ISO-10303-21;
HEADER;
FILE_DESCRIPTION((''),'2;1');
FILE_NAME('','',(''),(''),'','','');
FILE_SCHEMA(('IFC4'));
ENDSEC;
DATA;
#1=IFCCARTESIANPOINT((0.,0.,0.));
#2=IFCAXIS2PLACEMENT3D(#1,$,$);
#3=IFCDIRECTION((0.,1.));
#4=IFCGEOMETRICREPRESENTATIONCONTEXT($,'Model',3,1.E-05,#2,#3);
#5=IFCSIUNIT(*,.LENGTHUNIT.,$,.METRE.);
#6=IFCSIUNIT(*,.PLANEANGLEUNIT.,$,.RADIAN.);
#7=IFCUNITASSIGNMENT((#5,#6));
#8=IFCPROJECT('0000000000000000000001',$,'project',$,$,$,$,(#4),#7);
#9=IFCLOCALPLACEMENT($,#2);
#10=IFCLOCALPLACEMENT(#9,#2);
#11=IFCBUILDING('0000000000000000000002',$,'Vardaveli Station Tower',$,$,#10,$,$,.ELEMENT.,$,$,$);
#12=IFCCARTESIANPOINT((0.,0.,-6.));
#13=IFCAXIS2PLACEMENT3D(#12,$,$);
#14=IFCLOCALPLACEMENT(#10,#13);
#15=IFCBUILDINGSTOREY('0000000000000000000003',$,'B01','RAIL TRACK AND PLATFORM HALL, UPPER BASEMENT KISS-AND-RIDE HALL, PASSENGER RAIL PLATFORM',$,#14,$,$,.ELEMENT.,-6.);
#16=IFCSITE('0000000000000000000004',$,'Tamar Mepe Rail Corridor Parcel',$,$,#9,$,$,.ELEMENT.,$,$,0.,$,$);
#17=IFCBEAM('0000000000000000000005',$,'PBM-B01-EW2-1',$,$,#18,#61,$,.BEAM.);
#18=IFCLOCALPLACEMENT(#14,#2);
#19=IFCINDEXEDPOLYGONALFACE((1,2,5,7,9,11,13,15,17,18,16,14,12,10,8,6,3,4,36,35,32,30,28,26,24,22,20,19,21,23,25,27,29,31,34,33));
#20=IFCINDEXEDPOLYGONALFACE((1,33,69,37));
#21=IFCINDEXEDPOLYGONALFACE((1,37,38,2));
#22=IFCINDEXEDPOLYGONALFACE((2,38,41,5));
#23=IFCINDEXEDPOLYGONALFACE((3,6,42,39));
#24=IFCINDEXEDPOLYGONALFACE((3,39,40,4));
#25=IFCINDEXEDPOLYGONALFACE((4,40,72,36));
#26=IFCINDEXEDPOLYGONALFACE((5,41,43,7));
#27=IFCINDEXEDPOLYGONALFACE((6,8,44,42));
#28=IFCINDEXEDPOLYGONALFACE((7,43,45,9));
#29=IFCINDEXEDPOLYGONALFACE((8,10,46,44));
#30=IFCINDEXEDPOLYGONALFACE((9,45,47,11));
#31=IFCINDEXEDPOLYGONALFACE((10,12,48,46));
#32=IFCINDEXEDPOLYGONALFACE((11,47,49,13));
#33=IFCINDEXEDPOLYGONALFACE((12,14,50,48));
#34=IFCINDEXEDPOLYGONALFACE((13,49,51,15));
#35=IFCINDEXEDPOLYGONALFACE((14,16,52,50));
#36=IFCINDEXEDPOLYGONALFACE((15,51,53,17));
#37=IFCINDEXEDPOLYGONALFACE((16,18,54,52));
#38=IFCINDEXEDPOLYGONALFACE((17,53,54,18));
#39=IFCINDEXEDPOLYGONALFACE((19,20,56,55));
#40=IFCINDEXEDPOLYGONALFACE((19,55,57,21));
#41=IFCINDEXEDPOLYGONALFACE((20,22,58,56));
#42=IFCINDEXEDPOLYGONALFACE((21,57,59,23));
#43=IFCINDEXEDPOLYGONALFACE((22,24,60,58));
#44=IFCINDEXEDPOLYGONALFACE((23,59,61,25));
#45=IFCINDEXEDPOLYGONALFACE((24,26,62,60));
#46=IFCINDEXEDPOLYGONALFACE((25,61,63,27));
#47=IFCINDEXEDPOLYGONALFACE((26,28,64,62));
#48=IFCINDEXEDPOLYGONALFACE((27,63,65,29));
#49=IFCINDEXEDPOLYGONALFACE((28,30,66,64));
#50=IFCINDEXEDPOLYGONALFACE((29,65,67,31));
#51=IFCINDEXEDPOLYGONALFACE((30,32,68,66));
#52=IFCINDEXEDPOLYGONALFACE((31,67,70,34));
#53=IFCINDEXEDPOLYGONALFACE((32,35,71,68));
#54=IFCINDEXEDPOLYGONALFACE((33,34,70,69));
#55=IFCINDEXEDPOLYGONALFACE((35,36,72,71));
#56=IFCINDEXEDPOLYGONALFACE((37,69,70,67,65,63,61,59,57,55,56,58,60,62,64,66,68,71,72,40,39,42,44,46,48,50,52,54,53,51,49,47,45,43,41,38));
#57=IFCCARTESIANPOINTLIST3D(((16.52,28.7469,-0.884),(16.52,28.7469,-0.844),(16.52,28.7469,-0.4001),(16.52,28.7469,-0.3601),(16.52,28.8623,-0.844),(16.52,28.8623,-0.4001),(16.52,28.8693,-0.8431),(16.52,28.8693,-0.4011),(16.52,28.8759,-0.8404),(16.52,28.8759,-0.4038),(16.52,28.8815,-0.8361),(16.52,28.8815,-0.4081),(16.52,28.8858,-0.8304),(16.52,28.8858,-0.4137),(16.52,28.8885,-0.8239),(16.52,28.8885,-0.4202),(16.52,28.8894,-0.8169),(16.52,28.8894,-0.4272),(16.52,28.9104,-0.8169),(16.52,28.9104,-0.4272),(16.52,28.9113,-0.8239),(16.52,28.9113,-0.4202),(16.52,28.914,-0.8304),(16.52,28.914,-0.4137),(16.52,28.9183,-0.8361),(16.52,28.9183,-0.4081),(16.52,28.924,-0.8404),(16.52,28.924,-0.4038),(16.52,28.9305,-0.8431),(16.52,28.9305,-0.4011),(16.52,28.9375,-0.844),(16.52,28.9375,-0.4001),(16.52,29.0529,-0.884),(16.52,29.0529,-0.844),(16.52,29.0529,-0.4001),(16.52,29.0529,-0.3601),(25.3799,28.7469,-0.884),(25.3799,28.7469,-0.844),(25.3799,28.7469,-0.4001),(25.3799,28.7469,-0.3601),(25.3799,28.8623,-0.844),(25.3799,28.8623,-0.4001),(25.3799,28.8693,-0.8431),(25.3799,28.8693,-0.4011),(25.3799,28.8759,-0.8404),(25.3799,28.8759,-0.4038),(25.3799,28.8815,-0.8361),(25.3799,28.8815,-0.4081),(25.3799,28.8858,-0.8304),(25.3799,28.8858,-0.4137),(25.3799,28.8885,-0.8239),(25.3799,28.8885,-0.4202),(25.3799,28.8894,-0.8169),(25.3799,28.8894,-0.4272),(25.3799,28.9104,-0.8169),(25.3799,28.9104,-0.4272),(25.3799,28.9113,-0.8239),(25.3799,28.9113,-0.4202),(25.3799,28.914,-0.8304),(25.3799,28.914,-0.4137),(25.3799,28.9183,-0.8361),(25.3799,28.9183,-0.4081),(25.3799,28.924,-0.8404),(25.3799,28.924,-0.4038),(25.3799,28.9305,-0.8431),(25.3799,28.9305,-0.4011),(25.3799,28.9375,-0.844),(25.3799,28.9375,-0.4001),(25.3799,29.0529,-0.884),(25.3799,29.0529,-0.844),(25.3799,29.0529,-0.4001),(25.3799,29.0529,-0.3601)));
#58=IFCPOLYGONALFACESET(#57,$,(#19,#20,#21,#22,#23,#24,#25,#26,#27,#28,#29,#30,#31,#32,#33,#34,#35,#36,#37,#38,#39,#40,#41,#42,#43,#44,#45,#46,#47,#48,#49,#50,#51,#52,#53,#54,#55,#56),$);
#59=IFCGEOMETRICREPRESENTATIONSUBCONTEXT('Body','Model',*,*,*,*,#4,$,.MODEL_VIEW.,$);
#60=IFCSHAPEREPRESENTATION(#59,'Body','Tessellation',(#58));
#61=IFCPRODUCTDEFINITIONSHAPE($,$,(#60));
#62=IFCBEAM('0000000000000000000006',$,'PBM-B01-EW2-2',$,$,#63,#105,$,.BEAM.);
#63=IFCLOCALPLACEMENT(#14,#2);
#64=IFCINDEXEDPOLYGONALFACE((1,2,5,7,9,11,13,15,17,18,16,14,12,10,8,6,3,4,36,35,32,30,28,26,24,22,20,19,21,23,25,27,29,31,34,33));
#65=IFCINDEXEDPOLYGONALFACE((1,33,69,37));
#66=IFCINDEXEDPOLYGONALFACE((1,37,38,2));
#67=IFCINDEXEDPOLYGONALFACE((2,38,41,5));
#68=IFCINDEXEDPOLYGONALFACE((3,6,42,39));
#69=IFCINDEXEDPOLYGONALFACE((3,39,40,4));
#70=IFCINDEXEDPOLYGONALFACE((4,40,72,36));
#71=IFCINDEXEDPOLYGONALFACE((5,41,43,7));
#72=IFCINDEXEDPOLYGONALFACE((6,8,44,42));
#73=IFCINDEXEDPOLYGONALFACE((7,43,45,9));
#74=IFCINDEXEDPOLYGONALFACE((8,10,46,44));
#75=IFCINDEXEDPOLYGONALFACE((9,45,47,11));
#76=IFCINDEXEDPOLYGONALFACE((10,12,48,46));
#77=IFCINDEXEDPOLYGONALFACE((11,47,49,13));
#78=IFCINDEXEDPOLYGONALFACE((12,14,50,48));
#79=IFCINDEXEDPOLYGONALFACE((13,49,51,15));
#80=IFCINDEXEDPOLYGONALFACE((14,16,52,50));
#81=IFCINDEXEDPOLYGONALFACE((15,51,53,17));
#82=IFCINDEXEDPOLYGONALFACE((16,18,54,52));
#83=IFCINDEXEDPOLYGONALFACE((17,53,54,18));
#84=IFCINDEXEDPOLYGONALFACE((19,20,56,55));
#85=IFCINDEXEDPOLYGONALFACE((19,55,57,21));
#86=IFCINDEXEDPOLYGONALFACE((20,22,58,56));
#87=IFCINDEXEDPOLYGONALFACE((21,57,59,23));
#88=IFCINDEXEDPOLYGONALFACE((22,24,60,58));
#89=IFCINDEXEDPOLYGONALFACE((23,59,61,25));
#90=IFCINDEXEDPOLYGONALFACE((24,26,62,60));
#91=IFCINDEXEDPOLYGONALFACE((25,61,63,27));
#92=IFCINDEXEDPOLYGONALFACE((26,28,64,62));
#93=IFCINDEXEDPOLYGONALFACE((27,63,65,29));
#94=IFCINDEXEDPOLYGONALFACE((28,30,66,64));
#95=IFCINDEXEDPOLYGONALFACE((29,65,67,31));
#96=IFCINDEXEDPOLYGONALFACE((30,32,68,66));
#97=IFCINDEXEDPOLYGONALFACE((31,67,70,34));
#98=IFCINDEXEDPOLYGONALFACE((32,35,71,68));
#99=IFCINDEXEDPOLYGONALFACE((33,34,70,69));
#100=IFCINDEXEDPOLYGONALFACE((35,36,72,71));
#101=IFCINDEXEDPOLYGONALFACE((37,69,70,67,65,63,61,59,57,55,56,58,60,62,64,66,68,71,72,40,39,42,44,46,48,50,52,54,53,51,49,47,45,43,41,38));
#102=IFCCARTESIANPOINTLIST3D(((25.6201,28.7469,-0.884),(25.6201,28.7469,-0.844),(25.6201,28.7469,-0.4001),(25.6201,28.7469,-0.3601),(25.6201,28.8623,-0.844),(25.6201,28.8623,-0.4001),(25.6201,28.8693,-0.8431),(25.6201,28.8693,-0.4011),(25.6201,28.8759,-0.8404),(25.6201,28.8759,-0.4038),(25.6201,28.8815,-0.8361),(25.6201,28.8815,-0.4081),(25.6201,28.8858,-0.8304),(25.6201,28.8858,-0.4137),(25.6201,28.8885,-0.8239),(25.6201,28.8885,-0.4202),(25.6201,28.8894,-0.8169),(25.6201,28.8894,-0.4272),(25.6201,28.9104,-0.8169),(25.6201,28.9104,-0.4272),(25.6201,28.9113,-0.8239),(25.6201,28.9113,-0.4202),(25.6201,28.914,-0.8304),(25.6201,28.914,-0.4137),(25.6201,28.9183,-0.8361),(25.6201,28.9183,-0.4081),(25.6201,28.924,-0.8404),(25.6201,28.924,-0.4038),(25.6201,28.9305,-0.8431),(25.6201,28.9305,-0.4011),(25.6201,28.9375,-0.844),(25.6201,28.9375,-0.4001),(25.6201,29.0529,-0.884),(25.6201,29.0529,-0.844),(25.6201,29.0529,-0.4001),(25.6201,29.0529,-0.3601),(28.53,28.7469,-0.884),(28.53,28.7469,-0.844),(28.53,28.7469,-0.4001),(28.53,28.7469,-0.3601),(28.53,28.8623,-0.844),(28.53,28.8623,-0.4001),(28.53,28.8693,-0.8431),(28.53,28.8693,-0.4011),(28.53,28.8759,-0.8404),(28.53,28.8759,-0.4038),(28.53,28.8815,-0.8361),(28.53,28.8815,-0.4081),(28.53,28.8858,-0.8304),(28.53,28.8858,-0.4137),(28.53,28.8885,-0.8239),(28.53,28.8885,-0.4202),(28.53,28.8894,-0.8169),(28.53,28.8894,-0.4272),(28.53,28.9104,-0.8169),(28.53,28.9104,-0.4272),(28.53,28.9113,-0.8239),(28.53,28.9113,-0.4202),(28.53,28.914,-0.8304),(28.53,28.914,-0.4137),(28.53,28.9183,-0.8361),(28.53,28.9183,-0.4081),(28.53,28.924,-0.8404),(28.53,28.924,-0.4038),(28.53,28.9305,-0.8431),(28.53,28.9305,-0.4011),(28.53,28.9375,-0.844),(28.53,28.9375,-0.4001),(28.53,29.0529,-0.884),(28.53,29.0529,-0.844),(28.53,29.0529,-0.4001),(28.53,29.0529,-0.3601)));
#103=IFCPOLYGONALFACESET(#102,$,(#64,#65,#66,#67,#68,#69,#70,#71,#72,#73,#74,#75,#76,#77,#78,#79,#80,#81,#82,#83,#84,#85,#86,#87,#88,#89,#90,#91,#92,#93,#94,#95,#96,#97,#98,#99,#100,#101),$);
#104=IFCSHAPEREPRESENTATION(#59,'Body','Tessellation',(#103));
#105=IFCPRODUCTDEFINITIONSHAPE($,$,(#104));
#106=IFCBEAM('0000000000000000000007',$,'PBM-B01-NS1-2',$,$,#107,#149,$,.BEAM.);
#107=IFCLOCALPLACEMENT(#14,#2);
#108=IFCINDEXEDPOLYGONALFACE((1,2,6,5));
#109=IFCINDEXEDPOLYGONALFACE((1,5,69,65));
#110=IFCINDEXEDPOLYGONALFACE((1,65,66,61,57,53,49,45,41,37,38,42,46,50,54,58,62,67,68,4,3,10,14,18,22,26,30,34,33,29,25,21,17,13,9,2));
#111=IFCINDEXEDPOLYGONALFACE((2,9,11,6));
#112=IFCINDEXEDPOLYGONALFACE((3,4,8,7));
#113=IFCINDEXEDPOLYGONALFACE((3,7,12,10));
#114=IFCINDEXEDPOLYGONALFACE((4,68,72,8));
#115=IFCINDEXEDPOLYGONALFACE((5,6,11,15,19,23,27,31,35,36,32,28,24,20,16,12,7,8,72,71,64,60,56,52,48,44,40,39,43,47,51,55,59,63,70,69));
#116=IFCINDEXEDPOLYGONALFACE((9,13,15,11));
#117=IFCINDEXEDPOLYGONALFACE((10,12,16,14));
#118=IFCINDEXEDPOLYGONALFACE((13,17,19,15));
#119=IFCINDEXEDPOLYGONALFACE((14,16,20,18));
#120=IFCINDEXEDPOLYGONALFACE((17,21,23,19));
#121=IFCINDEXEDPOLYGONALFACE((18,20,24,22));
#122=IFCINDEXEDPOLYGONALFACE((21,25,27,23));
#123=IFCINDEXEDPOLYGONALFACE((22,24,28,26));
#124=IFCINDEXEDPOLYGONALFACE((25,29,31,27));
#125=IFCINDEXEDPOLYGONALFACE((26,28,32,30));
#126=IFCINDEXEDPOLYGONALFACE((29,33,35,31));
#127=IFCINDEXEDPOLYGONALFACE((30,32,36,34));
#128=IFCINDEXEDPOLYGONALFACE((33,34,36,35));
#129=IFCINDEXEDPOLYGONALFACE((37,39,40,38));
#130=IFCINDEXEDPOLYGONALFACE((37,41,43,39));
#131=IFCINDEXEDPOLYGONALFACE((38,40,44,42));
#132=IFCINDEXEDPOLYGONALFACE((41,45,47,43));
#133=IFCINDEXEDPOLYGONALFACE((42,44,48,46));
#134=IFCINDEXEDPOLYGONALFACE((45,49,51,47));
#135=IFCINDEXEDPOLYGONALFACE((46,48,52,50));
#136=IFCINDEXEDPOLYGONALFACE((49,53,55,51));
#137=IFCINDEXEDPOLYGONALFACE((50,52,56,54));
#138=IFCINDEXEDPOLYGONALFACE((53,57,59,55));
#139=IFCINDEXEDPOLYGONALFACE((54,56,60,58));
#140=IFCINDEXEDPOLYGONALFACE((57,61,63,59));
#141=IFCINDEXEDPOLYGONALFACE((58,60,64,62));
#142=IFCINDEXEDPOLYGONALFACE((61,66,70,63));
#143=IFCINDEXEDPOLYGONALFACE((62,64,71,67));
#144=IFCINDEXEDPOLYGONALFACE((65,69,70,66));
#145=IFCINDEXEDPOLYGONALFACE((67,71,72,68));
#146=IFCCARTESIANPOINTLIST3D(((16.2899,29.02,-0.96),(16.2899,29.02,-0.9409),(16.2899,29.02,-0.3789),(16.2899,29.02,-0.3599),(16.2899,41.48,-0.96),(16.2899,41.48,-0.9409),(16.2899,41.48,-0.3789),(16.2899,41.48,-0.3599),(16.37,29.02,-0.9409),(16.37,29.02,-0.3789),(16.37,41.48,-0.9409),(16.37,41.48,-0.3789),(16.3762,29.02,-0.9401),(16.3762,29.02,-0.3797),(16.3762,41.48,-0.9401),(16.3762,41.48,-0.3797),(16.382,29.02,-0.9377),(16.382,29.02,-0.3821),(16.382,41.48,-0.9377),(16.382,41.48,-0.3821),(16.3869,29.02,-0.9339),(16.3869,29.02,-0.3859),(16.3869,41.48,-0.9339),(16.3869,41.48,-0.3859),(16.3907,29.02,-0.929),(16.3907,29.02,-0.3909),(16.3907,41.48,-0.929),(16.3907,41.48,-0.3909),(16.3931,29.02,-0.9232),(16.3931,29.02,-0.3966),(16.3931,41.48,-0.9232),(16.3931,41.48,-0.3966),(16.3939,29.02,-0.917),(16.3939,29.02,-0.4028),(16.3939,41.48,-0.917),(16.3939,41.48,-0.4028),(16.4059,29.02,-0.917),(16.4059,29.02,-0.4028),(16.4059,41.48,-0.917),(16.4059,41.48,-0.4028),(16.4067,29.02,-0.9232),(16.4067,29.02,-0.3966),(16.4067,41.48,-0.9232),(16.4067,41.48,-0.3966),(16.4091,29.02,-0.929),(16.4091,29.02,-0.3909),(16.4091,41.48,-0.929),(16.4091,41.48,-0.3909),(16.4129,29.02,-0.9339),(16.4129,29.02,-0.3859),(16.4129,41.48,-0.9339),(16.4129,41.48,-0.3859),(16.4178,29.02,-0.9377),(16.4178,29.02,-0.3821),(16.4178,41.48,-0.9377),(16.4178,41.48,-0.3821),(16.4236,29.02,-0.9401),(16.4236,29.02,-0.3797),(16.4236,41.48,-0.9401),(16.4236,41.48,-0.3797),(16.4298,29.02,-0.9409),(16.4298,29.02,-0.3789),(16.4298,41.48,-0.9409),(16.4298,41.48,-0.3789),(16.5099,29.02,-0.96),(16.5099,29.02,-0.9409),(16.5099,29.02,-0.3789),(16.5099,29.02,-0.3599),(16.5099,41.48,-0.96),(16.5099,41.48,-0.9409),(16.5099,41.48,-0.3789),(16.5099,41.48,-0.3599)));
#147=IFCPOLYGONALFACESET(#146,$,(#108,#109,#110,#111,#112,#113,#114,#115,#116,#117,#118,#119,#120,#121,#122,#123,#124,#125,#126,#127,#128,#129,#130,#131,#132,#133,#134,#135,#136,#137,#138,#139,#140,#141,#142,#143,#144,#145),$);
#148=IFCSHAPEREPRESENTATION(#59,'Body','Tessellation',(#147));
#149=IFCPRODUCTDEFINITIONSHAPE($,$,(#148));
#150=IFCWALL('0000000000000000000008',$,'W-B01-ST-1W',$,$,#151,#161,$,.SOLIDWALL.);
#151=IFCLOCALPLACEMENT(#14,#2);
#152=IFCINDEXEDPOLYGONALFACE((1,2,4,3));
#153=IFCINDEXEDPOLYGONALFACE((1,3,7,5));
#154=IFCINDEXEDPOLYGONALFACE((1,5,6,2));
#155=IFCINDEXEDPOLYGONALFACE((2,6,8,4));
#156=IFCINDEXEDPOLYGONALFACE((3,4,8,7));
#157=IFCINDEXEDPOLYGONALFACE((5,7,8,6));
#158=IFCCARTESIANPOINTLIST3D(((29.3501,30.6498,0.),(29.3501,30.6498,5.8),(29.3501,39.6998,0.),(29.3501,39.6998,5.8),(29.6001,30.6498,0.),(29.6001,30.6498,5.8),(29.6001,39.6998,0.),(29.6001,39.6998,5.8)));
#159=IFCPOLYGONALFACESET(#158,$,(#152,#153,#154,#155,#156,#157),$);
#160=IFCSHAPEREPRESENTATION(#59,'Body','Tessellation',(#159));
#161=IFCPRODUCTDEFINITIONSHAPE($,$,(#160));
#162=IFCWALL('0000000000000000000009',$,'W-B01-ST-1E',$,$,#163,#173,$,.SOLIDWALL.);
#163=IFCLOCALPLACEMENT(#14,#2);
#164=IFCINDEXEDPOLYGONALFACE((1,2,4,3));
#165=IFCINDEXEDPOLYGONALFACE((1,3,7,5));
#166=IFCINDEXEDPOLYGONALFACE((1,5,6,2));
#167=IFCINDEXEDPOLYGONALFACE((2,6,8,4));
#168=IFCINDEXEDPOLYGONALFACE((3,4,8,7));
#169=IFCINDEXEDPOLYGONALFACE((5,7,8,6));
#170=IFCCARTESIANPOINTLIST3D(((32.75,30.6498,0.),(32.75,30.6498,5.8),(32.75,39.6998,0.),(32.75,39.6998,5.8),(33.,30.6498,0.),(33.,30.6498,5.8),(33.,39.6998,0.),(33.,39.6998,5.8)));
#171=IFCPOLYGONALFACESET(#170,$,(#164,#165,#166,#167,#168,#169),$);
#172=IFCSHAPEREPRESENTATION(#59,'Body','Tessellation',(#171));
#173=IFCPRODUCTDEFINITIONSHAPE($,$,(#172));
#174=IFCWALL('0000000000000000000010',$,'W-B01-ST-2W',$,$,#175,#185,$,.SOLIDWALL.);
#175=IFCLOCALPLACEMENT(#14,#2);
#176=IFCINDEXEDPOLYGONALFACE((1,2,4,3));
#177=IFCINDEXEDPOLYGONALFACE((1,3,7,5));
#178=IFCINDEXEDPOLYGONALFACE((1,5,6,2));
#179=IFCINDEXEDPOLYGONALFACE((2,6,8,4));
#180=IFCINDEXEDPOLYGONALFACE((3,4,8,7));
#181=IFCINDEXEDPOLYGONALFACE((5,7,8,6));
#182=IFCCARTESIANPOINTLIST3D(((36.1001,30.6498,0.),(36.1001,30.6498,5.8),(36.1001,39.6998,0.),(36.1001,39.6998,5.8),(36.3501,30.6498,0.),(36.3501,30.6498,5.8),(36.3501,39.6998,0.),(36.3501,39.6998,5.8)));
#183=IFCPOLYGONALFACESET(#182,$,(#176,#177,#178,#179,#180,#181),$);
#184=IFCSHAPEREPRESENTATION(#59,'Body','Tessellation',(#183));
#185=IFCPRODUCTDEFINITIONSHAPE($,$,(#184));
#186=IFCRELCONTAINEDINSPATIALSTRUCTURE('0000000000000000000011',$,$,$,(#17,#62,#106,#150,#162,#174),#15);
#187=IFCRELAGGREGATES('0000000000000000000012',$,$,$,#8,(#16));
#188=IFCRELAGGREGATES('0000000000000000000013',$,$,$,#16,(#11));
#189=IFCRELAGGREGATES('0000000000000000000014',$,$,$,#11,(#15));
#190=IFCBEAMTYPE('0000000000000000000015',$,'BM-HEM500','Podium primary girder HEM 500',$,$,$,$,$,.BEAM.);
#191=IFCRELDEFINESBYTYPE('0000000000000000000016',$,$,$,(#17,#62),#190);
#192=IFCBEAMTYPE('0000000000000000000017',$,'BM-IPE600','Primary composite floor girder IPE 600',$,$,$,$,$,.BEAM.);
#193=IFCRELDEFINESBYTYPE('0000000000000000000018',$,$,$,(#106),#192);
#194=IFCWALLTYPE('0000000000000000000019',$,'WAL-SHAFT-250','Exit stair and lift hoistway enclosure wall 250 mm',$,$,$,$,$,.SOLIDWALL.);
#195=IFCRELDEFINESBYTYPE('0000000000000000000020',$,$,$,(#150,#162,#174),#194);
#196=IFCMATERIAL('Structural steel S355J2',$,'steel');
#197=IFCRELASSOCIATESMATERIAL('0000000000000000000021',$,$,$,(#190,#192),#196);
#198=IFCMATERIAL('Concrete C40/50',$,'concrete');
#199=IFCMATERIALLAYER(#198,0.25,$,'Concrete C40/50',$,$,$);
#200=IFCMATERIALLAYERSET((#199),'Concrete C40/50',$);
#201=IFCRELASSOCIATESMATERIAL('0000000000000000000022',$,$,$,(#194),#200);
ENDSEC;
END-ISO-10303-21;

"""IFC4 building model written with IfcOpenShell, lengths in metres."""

from ifc_helpers import new_model, si_unit, direction, frame, frame_2d, origin, origin_2d, place, context, subcontext, project, spatial, rectangle, i_section, extrude, source, transform, mapped, material, layer, layer_set, material_profile, profile_set, type_object, element, save


model = new_model("IFC4")

# Units and contexts
model_context = context("Model", 3, precision=1e-05, world=origin(), true_north=direction((0.0, 1.0)))
body_context = subcontext(model_context, "Body", "Model", "MODEL_VIEW")
ifc_project = project(units=[si_unit("LENGTHUNIT", "METRE"), si_unit("PLANEANGLEUNIT", "RADIAN")], contexts=[model_context])

# Site, building, storey
site_placement = place(None, origin())
site = spatial("IfcSite", under=ifc_project, at=site_placement, Name="Tamar Mepe Rail Corridor Parcel", CompositionType="ELEMENT", RefElevation=0.0)
building_placement = place(site_placement, origin())
building = spatial("IfcBuilding", under=site, at=building_placement, Name="Vardaveli Station Tower", CompositionType="ELEMENT")
storey_placement = place(building_placement, frame((0.0, 0.0, -6.0)))
storey = spatial("IfcBuildingStorey", under=building, at=storey_placement, Name="B01", Description="RAIL TRACK AND PLATFORM HALL, UPPER BASEMENT KISS-AND-RIDE HALL, PASSENGER RAIL PLATFORM", CompositionType="ELEMENT", Elevation=-6.0)

# Beams
ifc_material_1 = material(Name="Structural steel S355J2", Category="steel")
ifc_material_profile_1 = material_profile(ifc_material_1, i_section(OverallWidth=0.3059, OverallDepth=0.5239, WebThickness=0.021, FlangeThickness=0.04, FilletRadius=0.0271, at=origin_2d()), Name="HEM 500")
ifc_profile_set_1 = profile_set([ifc_material_profile_1], Name="Structural steel S355J2")
beam_type_1 = type_object("IfcBeamType", Name="BM-HEM500", Description="Podium primary girder HEM 500", PredefinedType="BEAM", material=ifc_profile_set_1)
shared_shape_1 = source(origin(), body_context, "Body", "SweptSolid", [
    extrude(i_section(OverallWidth=0.3059, OverallDepth=0.5239, WebThickness=0.021, FlangeThickness=0.04, FilletRadius=0.0271, at=origin_2d()), origin(), (0.0, 0.0, 1.0), 8.8599),
])
beam_1_placement = place(storey_placement, frame((16.52, 28.8999, -0.6221), z_axis=(1.0, 0.0, 0.0), x_axis=(0.0, 1.0, 0.0)))
element("IfcBeam", 1, at=beam_1_placement, inside=storey, type_object=beam_type_1, Name="PBM-B01-EW2-1", PredefinedType="BEAM", context=body_context, shape_type="MappedRepresentation", body=[
    mapped(shared_shape_1, transform((0.0, 0.0, 0.0), scale=1.0)),
])
shared_shape_2 = source(origin(), body_context, "Body", "SweptSolid", [
    extrude(i_section(OverallWidth=0.3059, OverallDepth=0.5239, WebThickness=0.021, FlangeThickness=0.04, FilletRadius=0.0271, at=origin_2d()), origin(), (0.0, 0.0, 1.0), 2.9099),
])
beam_2_placement = place(storey_placement, frame((25.6201, 28.8999, -0.6221), z_axis=(1.0, 0.0, 0.0), x_axis=(0.0, 1.0, 0.0)))
element("IfcBeam", 2, at=beam_2_placement, inside=storey, type_object=beam_type_1, Name="PBM-B01-EW2-2", PredefinedType="BEAM", context=body_context, shape_type="MappedRepresentation", body=[
    mapped(shared_shape_2, transform((0.0, 0.0, 0.0), scale=1.0)),
])
ifc_material_profile_2 = material_profile(ifc_material_1, i_section(OverallWidth=0.22, OverallDepth=0.6001, WebThickness=0.012, FlangeThickness=0.019, FilletRadius=0.0239, at=origin_2d()), Name="IPE 600")
ifc_profile_set_2 = profile_set([ifc_material_profile_2], Name="Structural steel S355J2")
beam_type_2 = type_object("IfcBeamType", Name="BM-IPE600", Description="Primary composite floor girder IPE 600", PredefinedType="BEAM", material=ifc_profile_set_2)
shared_shape_3 = source(origin(), body_context, "Body", "SweptSolid", [
    extrude(i_section(OverallWidth=0.22, OverallDepth=0.6001, WebThickness=0.012, FlangeThickness=0.019, FilletRadius=0.0239, at=origin_2d()), origin(), (0.0, 0.0, 1.0), 12.46),
])
beam_3_placement = place(storey_placement, frame((16.3999, 29.02, -0.6599), z_axis=(0.0, 1.0, 0.0), x_axis=(-1.0, 0.0, 0.0)))
element("IfcBeam", 3, at=beam_3_placement, inside=storey, type_object=beam_type_2, Name="PBM-B01-NS1-2", PredefinedType="BEAM", context=body_context, shape_type="MappedRepresentation", body=[
    mapped(shared_shape_3, transform((0.0, 0.0, 0.0), scale=1.0)),
])

# Walls
ifc_material_2 = material(Name="Concrete C40/50", Category="concrete")
ifc_layer_1 = layer(ifc_material_2, 0.25, Name="Concrete C40/50")
ifc_layer_set_1 = layer_set([ifc_layer_1], Name="Concrete C40/50")
wall_type_1 = type_object("IfcWallType", Name="WAL-SHAFT-250", Description="Exit stair and lift hoistway enclosure wall 250 mm", PredefinedType="SOLIDWALL", material=ifc_layer_set_1)
shared_shape_4 = source(origin(), body_context, "Body", "SweptSolid", [
    extrude(rectangle(XDim=9.05, YDim=0.25, at=frame_2d((4.5249, 0.0))), origin(), (0.0, 0.0, 1.0), 5.8),
])
for number, where, z_axis, x_axis, name in (
    (4, (29.4751, 30.6499, 0.0), (0.0, 0.0, 1.0), (0.0, 1.0, 0.0), "W-B01-ST-1W"),
    (5, (32.875, 30.6499, 0.0), (0.0, 0.0, 1.0), (0.0, 1.0, 0.0), "W-B01-ST-1E"),
    (6, (36.2251, 30.6499, 0.0), (0.0, 0.0, 1.0), (0.0, 1.0, 0.0), "W-B01-ST-2W"),
):
    element("IfcWall", number, at=place(storey_placement, frame(where, z_axis=z_axis, x_axis=x_axis)), inside=storey, type_object=wall_type_1, Name=name, PredefinedType="SOLIDWALL", context=body_context, shape_type="MappedRepresentation", body=[
        mapped(shared_shape_4, transform((0.0, 0.0, 0.0), scale=1.0)),
    ])

save(model, "model.ifc")
